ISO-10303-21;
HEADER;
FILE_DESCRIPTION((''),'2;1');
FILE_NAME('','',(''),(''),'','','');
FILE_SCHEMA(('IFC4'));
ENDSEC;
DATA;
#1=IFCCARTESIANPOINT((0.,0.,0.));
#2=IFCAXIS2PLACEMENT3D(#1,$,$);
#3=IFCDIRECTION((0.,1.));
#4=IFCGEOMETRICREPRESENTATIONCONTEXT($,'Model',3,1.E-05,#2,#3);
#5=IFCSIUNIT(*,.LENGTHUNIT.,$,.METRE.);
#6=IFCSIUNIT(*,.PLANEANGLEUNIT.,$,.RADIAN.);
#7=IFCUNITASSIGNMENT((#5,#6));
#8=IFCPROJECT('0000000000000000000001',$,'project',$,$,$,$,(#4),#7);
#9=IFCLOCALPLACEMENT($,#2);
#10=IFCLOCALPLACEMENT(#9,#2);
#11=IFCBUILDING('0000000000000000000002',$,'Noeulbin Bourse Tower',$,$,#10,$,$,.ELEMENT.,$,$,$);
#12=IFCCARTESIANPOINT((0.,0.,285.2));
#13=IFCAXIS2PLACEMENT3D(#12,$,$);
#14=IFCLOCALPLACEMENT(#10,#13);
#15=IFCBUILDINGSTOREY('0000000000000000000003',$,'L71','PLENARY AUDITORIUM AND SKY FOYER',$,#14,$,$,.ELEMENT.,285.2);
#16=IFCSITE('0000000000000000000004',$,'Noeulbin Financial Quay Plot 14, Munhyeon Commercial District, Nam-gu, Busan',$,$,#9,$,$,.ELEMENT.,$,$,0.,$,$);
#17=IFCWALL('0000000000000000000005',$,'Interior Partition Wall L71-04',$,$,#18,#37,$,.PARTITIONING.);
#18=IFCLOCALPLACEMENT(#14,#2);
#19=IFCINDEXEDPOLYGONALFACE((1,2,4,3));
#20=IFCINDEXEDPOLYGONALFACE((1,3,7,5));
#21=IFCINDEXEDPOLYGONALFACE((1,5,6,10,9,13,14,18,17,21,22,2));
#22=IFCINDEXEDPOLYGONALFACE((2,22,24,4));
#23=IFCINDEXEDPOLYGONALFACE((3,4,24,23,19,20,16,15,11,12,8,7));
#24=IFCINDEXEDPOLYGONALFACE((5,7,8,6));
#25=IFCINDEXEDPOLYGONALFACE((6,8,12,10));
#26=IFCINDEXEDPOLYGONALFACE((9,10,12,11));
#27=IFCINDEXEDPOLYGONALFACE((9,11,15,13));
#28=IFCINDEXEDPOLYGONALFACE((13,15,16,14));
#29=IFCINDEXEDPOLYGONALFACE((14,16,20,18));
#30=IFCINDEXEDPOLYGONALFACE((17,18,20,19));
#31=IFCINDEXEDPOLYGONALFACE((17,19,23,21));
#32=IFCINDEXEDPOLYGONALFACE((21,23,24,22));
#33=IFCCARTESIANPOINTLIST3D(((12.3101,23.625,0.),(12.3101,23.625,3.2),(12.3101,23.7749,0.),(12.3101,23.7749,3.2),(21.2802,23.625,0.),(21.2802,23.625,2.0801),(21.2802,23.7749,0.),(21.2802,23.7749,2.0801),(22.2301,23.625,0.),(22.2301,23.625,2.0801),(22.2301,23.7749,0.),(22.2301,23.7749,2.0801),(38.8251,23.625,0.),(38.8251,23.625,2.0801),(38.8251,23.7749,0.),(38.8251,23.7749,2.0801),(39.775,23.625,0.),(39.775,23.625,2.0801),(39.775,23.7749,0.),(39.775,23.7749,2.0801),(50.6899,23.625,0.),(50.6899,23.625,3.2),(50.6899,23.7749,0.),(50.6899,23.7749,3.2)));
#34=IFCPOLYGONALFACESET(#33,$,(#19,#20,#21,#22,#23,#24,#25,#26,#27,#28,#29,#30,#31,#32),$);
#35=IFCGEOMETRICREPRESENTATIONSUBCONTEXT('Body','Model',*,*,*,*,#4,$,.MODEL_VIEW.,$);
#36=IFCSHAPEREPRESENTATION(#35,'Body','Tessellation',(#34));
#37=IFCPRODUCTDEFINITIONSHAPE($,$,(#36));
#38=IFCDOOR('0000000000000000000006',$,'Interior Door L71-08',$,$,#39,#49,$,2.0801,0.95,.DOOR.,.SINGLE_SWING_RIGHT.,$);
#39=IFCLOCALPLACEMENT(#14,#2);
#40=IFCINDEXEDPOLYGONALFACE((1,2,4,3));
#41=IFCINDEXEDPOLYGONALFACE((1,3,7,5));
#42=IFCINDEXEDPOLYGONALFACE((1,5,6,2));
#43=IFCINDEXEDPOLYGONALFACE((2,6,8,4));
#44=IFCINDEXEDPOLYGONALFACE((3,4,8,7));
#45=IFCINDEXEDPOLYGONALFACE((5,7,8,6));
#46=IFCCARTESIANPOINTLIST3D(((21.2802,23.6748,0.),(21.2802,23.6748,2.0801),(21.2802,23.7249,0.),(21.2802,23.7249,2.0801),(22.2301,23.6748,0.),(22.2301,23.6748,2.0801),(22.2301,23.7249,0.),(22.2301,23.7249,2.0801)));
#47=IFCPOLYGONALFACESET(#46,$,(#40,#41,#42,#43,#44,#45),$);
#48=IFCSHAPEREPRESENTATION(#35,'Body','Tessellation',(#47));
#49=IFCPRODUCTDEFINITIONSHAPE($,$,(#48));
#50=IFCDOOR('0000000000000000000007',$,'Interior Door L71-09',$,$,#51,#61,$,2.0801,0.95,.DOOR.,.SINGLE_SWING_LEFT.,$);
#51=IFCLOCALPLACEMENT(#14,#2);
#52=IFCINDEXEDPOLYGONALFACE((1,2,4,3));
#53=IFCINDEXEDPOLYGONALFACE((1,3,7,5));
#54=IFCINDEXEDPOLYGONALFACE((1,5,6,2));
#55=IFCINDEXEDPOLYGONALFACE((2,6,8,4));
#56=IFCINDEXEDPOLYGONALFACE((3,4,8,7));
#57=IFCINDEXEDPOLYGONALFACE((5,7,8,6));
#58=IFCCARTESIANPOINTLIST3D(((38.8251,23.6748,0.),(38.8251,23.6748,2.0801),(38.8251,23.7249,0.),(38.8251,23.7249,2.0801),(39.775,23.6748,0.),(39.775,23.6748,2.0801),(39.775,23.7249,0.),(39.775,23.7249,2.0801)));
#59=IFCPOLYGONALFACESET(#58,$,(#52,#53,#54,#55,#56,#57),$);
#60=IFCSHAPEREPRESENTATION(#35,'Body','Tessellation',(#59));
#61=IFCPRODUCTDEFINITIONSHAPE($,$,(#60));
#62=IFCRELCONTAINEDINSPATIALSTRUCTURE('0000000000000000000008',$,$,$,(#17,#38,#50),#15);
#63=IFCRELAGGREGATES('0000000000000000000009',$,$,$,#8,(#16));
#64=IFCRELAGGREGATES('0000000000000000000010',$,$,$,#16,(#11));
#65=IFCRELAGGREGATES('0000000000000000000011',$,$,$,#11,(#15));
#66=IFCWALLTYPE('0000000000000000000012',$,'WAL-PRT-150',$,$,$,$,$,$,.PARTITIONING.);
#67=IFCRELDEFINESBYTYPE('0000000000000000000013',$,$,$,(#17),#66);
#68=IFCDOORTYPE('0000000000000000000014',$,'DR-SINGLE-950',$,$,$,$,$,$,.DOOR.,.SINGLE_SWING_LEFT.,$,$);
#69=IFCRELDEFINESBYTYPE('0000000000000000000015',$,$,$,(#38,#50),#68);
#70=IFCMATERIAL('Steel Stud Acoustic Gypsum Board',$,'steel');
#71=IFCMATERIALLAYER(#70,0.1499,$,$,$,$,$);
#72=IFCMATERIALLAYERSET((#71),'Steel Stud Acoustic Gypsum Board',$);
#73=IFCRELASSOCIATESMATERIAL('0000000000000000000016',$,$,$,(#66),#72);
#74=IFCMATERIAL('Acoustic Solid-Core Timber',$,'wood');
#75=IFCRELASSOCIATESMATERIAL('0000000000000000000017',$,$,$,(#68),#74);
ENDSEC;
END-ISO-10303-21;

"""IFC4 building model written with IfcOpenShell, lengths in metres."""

from ifc_helpers import new_model, si_unit, direction, frame, frame_2d, origin, place, context, subcontext, project, spatial, rectangle, extrude, material, layer, layer_set, type_object, element, fill, save


model = new_model("IFC4")

# Units and contexts
model_context = context("Model", 3, precision=1e-05, world=origin(), true_north=direction((0.0, 1.0)))
body_context = subcontext(model_context, "Body", "Model", "MODEL_VIEW")
ifc_project = project(units=[si_unit("LENGTHUNIT", "METRE"), si_unit("PLANEANGLEUNIT", "RADIAN")], contexts=[model_context])

# Site, building, storey
site_placement = place(None, origin())
site = spatial("IfcSite", under=ifc_project, at=site_placement, Name="Noeulbin Financial Quay Plot 14, Munhyeon Commercial District, Nam-gu, Busan", CompositionType="ELEMENT", RefElevation=0.0)
building_placement = place(site_placement, origin())
building = spatial("IfcBuilding", under=site, at=building_placement, Name="Noeulbin Bourse Tower", CompositionType="ELEMENT")
storey_placement = place(building_placement, frame((0.0, 0.0, 285.2)))
storey = spatial("IfcBuildingStorey", under=building, at=storey_placement, Name="L71", Description="PLENARY AUDITORIUM AND SKY FOYER", CompositionType="ELEMENT", Elevation=285.2)

# Wall, openings, doors
ifc_material_1 = material(Name="Steel Stud Acoustic Gypsum Board", Category="steel")
ifc_layer_1 = layer(ifc_material_1, 0.1499)
ifc_layer_set_1 = layer_set([ifc_layer_1], Name="Steel Stud Acoustic Gypsum Board")
wall_type_1 = type_object("IfcWallType", Name="WAL-PRT-150", PredefinedType="PARTITIONING", material=ifc_layer_set_1)
wall_1_placement = place(storey_placement, frame((12.3101, 23.7, 0.0), z_axis=(0.0, 0.0, 1.0), x_axis=(1.0, 0.0, 0.0)))
wall_1 = element("IfcWall", 1, at=wall_1_placement, inside=storey, type_object=wall_type_1, Name="Interior Partition Wall L71-04", PredefinedType="PARTITIONING", context=body_context, shape_type="SweptSolid", body=[
    extrude(rectangle(XDim=38.3799, YDim=0.1499, at=frame_2d((19.1899, 0.0))), origin(), (0.0, 0.0, 1.0), 3.2),
])
opening_1_placement = place(wall_1_placement, frame((8.97, 0.0, 0.0)))
opening_1 = element("IfcOpeningElement", 2, at=opening_1_placement, cuts=wall_1, PredefinedType="OPENING", context=body_context, shape_type="SweptSolid", body=[
    extrude(rectangle(XDim=0.95, YDim=2.0801, at=frame_2d((0.4751, 1.04))), frame((0.0, 0.085, 0.0), z_axis=(0.0, -1.0, 0.0), x_axis=(1.0, 0.0, 0.0)), (0.0, 0.0, 1.0), 0.1699),
])
opening_2_placement = place(wall_1_placement, frame((26.5149, 0.0, 0.0)))
opening_2 = element("IfcOpeningElement", 3, at=opening_2_placement, cuts=wall_1, PredefinedType="OPENING", context=body_context, shape_type="SweptSolid", body=[
    extrude(rectangle(XDim=0.95, YDim=2.0801, at=frame_2d((0.4751, 1.04))), frame((0.0, 0.085, 0.0), z_axis=(0.0, -1.0, 0.0), x_axis=(1.0, 0.0, 0.0)), (0.0, 0.0, 1.0), 0.1699),
])
ifc_material_2 = material(Name="Acoustic Solid-Core Timber", Category="wood")
door_type_1 = type_object("IfcDoorType", Name="DR-SINGLE-950", OperationType="SINGLE_SWING_LEFT", PredefinedType="DOOR", material=ifc_material_2)
door_1_placement = place(opening_1_placement, origin())
door_1 = element("IfcDoor", 4, at=door_1_placement, inside=storey, type_object=door_type_1, Name="Interior Door L71-08", OperationType="SINGLE_SWING_RIGHT", OverallHeight=2.0801, OverallWidth=0.95, PredefinedType="DOOR", context=body_context, shape_type="SweptSolid", body=[
    extrude(rectangle(XDim=0.95, YDim=2.0801, at=frame_2d((0.4751, 1.04))), frame((0.0, 0.0249, 0.0), z_axis=(0.0, -1.0, 0.0), x_axis=(1.0, 0.0, 0.0)), (0.0, 0.0, 1.0), 0.05),
])
fill(opening_1, door_1)
door_2_placement = place(opening_2_placement, origin())
door_2 = element("IfcDoor", 5, at=door_2_placement, inside=storey, type_object=door_type_1, Name="Interior Door L71-09", OperationType="SINGLE_SWING_LEFT", OverallHeight=2.0801, OverallWidth=0.95, PredefinedType="DOOR", context=body_context, shape_type="SweptSolid", body=[
    extrude(rectangle(XDim=0.95, YDim=2.0801, at=frame_2d((0.4751, 1.04))), frame((0.0, 0.0249, 0.0), z_axis=(0.0, -1.0, 0.0), x_axis=(1.0, 0.0, 0.0)), (0.0, 0.0, 1.0), 0.05),
])
fill(opening_2, door_2)

save(model, "model.ifc")
